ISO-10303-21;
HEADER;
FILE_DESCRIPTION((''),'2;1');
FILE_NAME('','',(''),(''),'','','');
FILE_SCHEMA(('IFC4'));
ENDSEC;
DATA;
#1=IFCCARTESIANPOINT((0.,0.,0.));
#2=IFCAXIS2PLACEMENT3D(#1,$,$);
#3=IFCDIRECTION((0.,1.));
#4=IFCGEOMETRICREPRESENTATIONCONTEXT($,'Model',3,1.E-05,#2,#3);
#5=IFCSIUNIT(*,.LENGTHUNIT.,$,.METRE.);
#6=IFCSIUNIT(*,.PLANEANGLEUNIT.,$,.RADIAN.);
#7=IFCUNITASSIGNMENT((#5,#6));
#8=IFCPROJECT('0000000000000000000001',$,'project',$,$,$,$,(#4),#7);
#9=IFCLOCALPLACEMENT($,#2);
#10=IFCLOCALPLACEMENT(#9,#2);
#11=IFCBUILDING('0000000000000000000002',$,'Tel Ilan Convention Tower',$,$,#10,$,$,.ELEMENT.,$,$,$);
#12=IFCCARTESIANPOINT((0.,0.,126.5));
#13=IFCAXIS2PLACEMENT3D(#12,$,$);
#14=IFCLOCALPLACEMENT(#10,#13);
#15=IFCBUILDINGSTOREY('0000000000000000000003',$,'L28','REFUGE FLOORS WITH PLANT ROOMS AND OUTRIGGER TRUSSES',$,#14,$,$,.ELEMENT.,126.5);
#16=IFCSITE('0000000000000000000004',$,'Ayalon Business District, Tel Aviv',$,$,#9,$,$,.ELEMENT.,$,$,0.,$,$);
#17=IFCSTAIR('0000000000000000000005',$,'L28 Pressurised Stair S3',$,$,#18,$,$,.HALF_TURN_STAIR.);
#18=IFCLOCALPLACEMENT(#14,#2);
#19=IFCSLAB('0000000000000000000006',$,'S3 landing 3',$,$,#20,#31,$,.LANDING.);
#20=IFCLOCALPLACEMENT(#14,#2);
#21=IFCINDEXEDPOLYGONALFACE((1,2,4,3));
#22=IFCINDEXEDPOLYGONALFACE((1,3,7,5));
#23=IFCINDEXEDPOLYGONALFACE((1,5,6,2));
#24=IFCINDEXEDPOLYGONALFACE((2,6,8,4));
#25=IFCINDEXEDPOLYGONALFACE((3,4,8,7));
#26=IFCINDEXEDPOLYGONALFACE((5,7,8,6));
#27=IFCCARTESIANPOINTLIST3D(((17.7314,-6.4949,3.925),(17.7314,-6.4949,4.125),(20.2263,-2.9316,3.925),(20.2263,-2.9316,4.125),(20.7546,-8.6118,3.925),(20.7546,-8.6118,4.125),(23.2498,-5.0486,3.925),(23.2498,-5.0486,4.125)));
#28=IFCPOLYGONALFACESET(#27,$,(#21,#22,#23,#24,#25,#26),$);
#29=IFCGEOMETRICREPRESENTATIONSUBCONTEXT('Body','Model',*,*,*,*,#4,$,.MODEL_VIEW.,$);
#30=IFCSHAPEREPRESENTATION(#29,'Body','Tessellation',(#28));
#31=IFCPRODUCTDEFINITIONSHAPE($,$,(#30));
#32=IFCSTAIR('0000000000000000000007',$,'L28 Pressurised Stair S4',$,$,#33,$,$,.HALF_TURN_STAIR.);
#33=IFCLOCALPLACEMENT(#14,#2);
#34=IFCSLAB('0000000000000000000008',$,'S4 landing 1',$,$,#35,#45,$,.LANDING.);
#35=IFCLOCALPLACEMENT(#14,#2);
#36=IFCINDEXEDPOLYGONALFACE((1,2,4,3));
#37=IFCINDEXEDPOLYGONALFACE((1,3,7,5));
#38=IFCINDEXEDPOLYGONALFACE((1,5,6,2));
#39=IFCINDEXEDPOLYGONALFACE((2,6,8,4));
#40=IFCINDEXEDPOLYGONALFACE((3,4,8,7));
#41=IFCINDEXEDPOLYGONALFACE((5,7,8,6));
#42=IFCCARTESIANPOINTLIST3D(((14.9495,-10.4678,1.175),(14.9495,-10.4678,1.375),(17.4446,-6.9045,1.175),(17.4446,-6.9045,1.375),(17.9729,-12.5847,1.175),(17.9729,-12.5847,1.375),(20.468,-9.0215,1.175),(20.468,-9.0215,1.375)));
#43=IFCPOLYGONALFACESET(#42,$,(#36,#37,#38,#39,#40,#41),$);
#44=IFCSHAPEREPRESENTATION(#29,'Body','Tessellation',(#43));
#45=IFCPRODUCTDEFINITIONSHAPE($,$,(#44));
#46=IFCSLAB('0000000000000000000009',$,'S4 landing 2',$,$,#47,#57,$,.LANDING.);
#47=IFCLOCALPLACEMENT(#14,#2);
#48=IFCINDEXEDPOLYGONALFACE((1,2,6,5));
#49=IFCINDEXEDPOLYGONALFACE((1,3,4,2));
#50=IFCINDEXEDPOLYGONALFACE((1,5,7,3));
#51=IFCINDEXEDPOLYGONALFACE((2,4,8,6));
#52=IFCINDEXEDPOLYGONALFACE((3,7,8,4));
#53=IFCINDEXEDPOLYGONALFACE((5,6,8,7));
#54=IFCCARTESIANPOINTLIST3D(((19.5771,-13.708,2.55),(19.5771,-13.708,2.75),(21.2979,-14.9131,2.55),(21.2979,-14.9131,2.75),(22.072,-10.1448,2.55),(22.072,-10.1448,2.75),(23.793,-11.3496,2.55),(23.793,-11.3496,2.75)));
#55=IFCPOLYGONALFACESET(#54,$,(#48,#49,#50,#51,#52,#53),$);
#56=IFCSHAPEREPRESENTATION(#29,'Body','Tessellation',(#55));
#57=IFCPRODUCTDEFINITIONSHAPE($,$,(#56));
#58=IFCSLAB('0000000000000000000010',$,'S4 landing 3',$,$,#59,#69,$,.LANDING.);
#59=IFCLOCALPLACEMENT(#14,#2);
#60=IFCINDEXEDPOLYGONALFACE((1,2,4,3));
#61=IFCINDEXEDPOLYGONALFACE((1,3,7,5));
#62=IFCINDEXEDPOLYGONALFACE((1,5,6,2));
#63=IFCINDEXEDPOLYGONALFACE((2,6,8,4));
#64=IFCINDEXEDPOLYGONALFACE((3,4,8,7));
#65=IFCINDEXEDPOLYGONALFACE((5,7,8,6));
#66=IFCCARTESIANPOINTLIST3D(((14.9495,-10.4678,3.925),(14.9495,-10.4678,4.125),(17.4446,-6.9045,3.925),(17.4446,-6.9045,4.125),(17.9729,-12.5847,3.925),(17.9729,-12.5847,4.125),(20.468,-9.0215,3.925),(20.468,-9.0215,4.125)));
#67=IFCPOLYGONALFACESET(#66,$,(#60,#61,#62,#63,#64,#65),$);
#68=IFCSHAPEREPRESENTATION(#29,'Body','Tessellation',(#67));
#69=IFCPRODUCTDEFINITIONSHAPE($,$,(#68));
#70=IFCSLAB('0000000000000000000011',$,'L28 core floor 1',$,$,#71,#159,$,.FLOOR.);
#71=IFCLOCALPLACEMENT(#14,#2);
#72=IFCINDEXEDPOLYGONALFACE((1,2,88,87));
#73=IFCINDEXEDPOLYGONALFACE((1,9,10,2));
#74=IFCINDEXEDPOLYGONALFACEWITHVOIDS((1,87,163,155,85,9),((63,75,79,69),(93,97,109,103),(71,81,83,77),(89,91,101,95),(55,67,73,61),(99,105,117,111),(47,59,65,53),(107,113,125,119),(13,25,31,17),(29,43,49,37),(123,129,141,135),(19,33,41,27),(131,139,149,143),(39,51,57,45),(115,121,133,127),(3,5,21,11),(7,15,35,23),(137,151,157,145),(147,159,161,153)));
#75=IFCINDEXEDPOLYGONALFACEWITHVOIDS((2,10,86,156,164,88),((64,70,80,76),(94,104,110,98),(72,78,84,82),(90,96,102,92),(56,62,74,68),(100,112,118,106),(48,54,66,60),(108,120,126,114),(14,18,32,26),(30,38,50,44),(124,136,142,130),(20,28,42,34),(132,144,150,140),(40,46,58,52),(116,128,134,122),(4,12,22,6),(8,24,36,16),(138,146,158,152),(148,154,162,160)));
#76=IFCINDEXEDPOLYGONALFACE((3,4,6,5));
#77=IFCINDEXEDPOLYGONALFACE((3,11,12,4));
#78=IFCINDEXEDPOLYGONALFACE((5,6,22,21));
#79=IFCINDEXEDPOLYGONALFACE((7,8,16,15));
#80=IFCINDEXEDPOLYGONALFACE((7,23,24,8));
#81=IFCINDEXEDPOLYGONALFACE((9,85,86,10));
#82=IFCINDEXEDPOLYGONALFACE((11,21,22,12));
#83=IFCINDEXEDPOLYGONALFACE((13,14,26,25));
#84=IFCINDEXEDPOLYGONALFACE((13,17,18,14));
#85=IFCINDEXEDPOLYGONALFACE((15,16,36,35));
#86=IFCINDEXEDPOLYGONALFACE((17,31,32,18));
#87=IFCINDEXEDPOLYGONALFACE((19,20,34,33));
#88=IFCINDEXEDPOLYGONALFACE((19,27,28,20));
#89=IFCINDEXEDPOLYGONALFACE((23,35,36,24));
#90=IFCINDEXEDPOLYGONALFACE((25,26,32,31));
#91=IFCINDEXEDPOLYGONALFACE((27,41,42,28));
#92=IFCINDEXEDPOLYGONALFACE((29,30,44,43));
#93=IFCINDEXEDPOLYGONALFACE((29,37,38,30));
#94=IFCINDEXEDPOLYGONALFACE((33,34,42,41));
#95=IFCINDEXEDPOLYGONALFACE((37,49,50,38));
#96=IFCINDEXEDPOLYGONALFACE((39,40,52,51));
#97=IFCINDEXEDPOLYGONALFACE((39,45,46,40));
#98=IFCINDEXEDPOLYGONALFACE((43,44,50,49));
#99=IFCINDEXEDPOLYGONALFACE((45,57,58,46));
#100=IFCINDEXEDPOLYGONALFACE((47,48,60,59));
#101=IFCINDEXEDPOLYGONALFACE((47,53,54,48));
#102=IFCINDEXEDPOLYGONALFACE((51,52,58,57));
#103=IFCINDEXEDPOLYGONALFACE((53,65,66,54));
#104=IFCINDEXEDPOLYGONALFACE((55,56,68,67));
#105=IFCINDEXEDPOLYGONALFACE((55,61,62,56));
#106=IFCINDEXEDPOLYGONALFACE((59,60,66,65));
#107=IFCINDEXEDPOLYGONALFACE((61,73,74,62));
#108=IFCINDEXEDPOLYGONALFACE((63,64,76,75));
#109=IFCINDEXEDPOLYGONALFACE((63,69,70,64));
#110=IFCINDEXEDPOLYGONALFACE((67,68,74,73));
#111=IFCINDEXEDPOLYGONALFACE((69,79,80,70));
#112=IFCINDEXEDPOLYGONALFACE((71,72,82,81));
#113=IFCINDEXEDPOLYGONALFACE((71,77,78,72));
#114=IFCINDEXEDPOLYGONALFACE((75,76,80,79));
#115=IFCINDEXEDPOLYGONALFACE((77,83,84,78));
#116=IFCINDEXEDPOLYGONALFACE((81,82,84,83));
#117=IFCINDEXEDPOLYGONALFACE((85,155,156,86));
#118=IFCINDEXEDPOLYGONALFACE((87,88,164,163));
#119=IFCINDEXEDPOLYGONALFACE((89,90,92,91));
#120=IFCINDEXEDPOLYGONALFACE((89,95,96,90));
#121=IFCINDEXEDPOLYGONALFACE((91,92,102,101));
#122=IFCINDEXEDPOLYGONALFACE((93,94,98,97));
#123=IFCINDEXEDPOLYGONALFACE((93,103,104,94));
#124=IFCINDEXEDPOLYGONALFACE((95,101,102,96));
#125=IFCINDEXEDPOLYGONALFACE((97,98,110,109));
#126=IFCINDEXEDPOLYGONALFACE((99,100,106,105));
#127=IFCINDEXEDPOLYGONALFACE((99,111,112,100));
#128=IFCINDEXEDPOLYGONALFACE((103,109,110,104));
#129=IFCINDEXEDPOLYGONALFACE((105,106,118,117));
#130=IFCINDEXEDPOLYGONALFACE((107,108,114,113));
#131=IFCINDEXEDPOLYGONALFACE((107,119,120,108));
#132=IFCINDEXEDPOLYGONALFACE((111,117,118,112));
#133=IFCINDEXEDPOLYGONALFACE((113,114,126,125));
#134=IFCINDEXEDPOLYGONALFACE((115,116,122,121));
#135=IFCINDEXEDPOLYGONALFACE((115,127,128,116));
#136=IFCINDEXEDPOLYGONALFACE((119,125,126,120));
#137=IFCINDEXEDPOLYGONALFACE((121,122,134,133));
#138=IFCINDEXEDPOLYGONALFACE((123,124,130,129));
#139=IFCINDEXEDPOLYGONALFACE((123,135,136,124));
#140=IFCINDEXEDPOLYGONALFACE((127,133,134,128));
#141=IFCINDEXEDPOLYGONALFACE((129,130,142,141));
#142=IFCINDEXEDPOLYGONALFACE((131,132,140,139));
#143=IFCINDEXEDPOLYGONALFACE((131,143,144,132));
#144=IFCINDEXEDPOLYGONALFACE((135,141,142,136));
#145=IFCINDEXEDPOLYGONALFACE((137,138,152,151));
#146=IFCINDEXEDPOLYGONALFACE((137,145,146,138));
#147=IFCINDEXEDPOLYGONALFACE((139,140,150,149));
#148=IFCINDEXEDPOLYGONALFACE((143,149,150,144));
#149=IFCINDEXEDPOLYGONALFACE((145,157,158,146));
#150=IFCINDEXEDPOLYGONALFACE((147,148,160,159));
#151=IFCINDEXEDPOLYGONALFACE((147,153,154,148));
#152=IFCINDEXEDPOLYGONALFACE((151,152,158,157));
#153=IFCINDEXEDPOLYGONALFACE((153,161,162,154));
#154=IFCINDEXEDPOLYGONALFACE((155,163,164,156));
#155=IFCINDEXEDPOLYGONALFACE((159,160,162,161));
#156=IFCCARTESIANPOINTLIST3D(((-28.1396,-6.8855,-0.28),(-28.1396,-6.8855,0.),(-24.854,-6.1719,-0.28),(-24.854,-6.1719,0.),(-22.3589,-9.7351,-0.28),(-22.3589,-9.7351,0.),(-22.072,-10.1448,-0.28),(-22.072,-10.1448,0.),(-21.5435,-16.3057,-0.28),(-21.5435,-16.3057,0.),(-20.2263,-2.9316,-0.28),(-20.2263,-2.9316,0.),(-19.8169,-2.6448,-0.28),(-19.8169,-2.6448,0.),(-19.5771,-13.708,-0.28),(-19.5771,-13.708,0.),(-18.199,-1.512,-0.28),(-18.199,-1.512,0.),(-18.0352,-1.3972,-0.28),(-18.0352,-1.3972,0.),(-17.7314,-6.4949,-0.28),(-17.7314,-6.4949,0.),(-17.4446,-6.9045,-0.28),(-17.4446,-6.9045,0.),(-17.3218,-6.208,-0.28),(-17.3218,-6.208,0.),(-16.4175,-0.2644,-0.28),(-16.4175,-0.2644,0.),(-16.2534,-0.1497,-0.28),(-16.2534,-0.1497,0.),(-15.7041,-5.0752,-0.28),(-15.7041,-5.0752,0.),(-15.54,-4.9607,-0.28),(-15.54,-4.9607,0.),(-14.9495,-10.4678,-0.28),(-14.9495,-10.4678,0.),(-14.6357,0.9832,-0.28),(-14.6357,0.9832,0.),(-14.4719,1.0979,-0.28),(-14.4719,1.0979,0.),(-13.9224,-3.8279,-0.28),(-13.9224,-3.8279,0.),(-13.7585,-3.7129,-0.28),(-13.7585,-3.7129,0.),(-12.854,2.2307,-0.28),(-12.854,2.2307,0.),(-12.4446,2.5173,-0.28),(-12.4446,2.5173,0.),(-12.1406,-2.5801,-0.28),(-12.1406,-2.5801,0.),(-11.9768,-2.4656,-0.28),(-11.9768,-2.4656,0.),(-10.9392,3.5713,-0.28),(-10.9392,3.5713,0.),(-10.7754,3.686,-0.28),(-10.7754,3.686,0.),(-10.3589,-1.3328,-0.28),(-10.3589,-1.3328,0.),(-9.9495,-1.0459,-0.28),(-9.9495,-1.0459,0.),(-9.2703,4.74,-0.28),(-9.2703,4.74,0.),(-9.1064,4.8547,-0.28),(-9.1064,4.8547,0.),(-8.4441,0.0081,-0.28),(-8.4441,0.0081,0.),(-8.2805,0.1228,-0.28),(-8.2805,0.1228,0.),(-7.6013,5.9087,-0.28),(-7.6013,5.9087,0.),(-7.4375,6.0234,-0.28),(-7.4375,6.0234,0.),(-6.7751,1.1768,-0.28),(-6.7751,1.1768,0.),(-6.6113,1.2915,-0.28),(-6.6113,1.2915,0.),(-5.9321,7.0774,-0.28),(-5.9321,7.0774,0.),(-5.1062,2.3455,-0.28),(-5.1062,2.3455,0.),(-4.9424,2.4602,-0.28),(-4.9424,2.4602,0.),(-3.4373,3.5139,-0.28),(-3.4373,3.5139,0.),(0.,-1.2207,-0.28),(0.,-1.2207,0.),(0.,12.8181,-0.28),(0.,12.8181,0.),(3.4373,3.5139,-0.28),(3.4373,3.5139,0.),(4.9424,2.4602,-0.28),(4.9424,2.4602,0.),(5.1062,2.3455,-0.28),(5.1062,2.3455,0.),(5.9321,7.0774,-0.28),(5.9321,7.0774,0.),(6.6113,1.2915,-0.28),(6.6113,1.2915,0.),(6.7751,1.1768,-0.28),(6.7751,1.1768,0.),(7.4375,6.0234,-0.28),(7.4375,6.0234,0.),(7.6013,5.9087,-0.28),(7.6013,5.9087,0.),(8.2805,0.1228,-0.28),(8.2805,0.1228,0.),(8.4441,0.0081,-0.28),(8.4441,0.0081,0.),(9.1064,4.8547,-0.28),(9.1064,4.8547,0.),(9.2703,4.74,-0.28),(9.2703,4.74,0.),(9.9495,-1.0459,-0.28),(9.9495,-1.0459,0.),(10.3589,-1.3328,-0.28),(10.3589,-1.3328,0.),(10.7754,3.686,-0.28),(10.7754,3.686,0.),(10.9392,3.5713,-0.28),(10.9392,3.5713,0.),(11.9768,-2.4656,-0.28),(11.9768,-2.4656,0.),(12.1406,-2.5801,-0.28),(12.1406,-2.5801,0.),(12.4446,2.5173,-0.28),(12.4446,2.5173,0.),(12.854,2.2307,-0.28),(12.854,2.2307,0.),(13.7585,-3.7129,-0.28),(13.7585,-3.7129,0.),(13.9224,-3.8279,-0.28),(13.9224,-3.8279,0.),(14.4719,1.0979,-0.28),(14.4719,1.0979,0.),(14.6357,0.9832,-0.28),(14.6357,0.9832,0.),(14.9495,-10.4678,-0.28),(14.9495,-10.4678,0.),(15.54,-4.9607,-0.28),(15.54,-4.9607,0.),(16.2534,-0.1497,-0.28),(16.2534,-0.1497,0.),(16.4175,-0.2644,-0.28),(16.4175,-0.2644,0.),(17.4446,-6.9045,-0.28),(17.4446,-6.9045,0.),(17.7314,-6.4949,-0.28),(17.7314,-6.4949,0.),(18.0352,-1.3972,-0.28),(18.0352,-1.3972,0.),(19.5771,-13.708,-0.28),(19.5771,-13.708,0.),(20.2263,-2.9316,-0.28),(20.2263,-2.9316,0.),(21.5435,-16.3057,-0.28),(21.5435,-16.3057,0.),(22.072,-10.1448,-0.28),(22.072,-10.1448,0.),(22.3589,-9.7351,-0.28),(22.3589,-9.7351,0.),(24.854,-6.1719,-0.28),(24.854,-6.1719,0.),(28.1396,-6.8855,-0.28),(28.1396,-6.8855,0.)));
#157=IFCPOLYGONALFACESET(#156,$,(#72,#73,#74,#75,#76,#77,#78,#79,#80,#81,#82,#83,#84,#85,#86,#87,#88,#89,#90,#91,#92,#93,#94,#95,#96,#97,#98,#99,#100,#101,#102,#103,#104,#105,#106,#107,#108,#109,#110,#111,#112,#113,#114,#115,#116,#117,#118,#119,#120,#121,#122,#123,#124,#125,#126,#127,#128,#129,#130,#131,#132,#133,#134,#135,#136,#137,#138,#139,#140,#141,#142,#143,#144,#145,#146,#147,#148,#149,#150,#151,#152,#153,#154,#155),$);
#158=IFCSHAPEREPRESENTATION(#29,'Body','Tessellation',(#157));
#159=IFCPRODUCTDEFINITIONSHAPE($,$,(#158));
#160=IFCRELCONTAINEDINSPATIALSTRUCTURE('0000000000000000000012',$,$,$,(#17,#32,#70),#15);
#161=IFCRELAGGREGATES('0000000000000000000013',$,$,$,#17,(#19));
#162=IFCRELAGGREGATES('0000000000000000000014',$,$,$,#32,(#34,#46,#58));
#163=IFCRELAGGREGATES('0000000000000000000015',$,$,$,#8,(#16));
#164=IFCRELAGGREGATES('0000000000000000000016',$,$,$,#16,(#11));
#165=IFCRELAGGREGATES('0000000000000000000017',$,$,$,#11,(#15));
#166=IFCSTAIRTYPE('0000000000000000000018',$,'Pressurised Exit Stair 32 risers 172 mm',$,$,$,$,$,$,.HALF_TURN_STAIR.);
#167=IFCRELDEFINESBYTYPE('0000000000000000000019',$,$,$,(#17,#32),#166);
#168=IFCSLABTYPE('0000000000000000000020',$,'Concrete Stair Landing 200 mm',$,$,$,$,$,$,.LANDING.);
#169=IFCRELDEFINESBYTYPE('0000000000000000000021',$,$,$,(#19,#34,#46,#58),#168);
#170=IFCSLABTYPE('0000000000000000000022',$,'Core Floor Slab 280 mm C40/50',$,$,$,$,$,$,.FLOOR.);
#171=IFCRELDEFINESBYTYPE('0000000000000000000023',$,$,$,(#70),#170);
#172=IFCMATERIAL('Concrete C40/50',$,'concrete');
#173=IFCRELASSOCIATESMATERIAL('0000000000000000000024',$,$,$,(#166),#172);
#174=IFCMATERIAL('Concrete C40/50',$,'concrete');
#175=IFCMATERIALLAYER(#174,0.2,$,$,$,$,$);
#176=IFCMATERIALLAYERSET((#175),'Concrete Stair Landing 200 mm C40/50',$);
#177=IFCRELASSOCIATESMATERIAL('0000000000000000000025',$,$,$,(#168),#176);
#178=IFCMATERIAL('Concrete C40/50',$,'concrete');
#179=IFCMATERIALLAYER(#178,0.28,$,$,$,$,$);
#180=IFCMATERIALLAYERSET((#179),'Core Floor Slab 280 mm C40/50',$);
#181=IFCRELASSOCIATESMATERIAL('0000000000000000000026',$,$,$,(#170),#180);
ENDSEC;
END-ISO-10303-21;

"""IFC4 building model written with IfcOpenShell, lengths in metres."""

from ifc_helpers import new_model, si_unit, direction, frame, origin, place, context, subcontext, project, spatial, polyline, outline, extrude, material, layer, layer_set, type_object, element, aggregate, save


model = new_model("IFC4")

# Units and contexts
model_context = context("Model", 3, precision=1e-05, world=origin(), true_north=direction((0.0, 1.0)))
body_context = subcontext(model_context, "Body", "Model", "MODEL_VIEW")
ifc_project = project(units=[si_unit("LENGTHUNIT", "METRE"), si_unit("PLANEANGLEUNIT", "RADIAN")], contexts=[model_context])

# Site, building, storey
site_placement = place(None, origin())
site = spatial("IfcSite", under=ifc_project, at=site_placement, Name="Ayalon Business District, Tel Aviv", CompositionType="ELEMENT", RefElevation=0.0)
building_placement = place(site_placement, origin())
building = spatial("IfcBuilding", under=site, at=building_placement, Name="Tel Ilan Convention Tower", CompositionType="ELEMENT")
storey_placement = place(building_placement, frame((0.0, 0.0, 126.5)))
storey = spatial("IfcBuildingStorey", under=building, at=storey_placement, Name="L28", Description="REFUGE FLOORS WITH PLANT ROOMS AND OUTRIGGER TRUSSES", CompositionType="ELEMENT", Elevation=126.5)

# Stair, slab
ifc_material_1 = material(Name="Concrete C40/50", Category="concrete")
stair_type = type_object("IfcStairType", Name="Pressurised Exit Stair 32 risers 172 mm", PredefinedType="HALF_TURN_STAIR", material=ifc_material_1)
stair_1_placement = place(storey_placement, origin())
stair_1 = element("IfcStair", 1, at=stair_1_placement, inside=storey, type_object=stair_type, Name="L28 Pressurised Stair S3", PredefinedType="HALF_TURN_STAIR")
ifc_material_2 = material(Name="Concrete C40/50", Category="concrete")
ifc_layer_1 = layer(ifc_material_2, 0.2)
ifc_layer_set_1 = layer_set([ifc_layer_1], Name="Concrete Stair Landing 200 mm C40/50")
slab_type_1 = type_object("IfcSlabType", Name="Concrete Stair Landing 200 mm", PredefinedType="LANDING", material=ifc_layer_set_1)
slab_1_placement = place(storey_placement, frame((0.0, 0.0, 3.925)))
slab_1 = element("IfcSlab", 2, at=slab_1_placement, type_object=slab_type_1, Name="S3 landing 3", PredefinedType="LANDING", context=body_context, shape_type="SweptSolid", body=[
    extrude(outline(polyline([(23.2498, -5.0486), (20.2263, -2.9316), (17.7314, -6.4949), (20.7546, -8.6118), (23.2498, -5.0486)])), origin(), (0.0, 0.0, 1.0), 0.2),
])
aggregate(stair_1, [slab_1])

# Stair, slabs
stair_2_placement = place(storey_placement, origin())
stair_2 = element("IfcStair", 3, at=stair_2_placement, inside=storey, type_object=stair_type, Name="L28 Pressurised Stair S4", PredefinedType="HALF_TURN_STAIR")
slab_2_placement = place(storey_placement, frame((0.0, 0.0, 1.175)))
slab_2 = element("IfcSlab", 4, at=slab_2_placement, type_object=slab_type_1, Name="S4 landing 1", PredefinedType="LANDING", context=body_context, shape_type="SweptSolid", body=[
    extrude(outline(polyline([(20.468, -9.0215), (17.4446, -6.9045), (14.9495, -10.4678), (17.9729, -12.5847), (20.468, -9.0215)])), origin(), (0.0, 0.0, 1.0), 0.2),
])
slab_3_placement = place(storey_placement, frame((0.0, 0.0, 2.55)))
slab_3 = element("IfcSlab", 5, at=slab_3_placement, type_object=slab_type_1, Name="S4 landing 2", PredefinedType="LANDING", context=body_context, shape_type="SweptSolid", body=[
    extrude(outline(polyline([(23.793, -11.3496), (22.072, -10.1448), (19.5771, -13.708), (21.2979, -14.9131), (23.793, -11.3496)])), origin(), (0.0, 0.0, 1.0), 0.2),
])
slab_4_placement = place(storey_placement, frame((0.0, 0.0, 3.925)))
slab_4 = element("IfcSlab", 6, at=slab_4_placement, type_object=slab_type_1, Name="S4 landing 3", PredefinedType="LANDING", context=body_context, shape_type="SweptSolid", body=[
    extrude(outline(polyline([(20.468, -9.0215), (17.4446, -6.9045), (14.9495, -10.4678), (17.9729, -12.5847), (20.468, -9.0215)])), origin(), (0.0, 0.0, 1.0), 0.2),
])
aggregate(stair_2, [slab_2, slab_3, slab_4])

# Slab
ifc_material_3 = material(Name="Concrete C40/50", Category="concrete")
ifc_layer_2 = layer(ifc_material_3, 0.28)
ifc_layer_set_2 = layer_set([ifc_layer_2], Name="Core Floor Slab 280 mm C40/50")
slab_type_2 = type_object("IfcSlabType", Name="Core Floor Slab 280 mm C40/50", PredefinedType="FLOOR", material=ifc_layer_set_2)
slab_5_placement = place(storey_placement, frame((0.0, 0.0, -0.28)))
element("IfcSlab", 7, at=slab_5_placement, inside=storey, type_object=slab_type_2, Name="L28 core floor 1", PredefinedType="FLOOR", context=body_context, shape_type="SweptSolid", body=[
    extrude(outline(polyline([(28.1396, -6.8855), (21.5435, -16.3057), (0.0, -1.2207), (-21.5435, -16.3057), (-28.1396, -6.8855), (0.0, 12.8181), (28.1396, -6.8855)]), holes=[polyline([(-14.9495, -10.4678), (-17.4446, -6.9045), (-22.072, -10.1448), (-19.5771, -13.708), (-14.9495, -10.4678)]), polyline([(-17.7314, -6.4949), (-20.2263, -2.9316), (-24.854, -6.1719), (-22.3589, -9.7351), (-17.7314, -6.4949)]), polyline([(-18.199, -1.512), (-19.8169, -2.6448), (-17.3218, -6.208), (-15.7041, -5.0752), (-18.199, -1.512)]), polyline([(-16.4175, -0.2644), (-18.0352, -1.3972), (-15.54, -4.9607), (-13.9224, -3.8279), (-16.4175, -0.2644)]), polyline([(-14.6357, 0.9832), (-16.2534, -0.1497), (-13.7585, -3.7129), (-12.1406, -2.5801), (-14.6357, 0.9832)]), polyline([(-12.854, 2.2307), (-14.4719, 1.0979), (-11.9768, -2.4656), (-10.3589, -1.3328), (-12.854, 2.2307)]), polyline([(-10.9392, 3.5713), (-12.4446, 2.5173), (-9.9495, -1.0459), (-8.4441, 0.0081), (-10.9392, 3.5713)]), polyline([(-6.7751, 1.1768), (-9.2703, 4.74), (-10.7754, 3.686), (-8.2805, 0.1228), (-6.7751, 1.1768)]), polyline([(-5.1062, 2.3455), (-7.6013, 5.9087), (-9.1064, 4.8547), (-6.6113, 1.2915), (-5.1062, 2.3455)]), polyline([(-5.9321, 7.0774), (-7.4375, 6.0234), (-4.9424, 2.4602), (-3.4373, 3.5139), (-5.9321, 7.0774)]), polyline([(17.4446, -6.9045), (14.9495, -10.4678), (19.5771, -13.708), (22.072, -10.1448), (17.4446, -6.9045)]), polyline([(20.2263, -2.9316), (17.7314, -6.4949), (22.3589, -9.7351), (24.854, -6.1719), (20.2263, -2.9316)]), polyline([(13.9224, -3.8279), (15.54, -4.9607), (18.0352, -1.3972), (16.4175, -0.2644), (13.9224, -3.8279)]), polyline([(12.1406, -2.5801), (13.7585, -3.7129), (16.2534, -0.1497), (14.6357, 0.9832), (12.1406, -2.5801)]), polyline([(11.9768, -2.4656), (14.4719, 1.0979), (12.854, 2.2307), (10.3589, -1.3328), (11.9768, -2.4656)]), polyline([(9.9495, -1.0459), (12.4446, 2.5173), (10.9392, 3.5713), (8.4441, 0.0081), (9.9495, -1.0459)]), polyline([(8.2805, 0.1228), (10.7754, 3.686), (9.2703, 4.74), (6.7751, 1.1768), (8.2805, 0.1228)]), polyline([(5.1062, 2.3455), (6.6113, 1.2915), (9.1064, 4.8547), (7.6013, 5.9087), (5.1062, 2.3455)]), polyline([(3.4373, 3.5139), (4.9424, 2.4602), (7.4375, 6.0234), (5.9321, 7.0774), (3.4373, 3.5139)])]), origin(), (0.0, 0.0, 1.0), 0.28),
])

save(model, "model.ifc")
